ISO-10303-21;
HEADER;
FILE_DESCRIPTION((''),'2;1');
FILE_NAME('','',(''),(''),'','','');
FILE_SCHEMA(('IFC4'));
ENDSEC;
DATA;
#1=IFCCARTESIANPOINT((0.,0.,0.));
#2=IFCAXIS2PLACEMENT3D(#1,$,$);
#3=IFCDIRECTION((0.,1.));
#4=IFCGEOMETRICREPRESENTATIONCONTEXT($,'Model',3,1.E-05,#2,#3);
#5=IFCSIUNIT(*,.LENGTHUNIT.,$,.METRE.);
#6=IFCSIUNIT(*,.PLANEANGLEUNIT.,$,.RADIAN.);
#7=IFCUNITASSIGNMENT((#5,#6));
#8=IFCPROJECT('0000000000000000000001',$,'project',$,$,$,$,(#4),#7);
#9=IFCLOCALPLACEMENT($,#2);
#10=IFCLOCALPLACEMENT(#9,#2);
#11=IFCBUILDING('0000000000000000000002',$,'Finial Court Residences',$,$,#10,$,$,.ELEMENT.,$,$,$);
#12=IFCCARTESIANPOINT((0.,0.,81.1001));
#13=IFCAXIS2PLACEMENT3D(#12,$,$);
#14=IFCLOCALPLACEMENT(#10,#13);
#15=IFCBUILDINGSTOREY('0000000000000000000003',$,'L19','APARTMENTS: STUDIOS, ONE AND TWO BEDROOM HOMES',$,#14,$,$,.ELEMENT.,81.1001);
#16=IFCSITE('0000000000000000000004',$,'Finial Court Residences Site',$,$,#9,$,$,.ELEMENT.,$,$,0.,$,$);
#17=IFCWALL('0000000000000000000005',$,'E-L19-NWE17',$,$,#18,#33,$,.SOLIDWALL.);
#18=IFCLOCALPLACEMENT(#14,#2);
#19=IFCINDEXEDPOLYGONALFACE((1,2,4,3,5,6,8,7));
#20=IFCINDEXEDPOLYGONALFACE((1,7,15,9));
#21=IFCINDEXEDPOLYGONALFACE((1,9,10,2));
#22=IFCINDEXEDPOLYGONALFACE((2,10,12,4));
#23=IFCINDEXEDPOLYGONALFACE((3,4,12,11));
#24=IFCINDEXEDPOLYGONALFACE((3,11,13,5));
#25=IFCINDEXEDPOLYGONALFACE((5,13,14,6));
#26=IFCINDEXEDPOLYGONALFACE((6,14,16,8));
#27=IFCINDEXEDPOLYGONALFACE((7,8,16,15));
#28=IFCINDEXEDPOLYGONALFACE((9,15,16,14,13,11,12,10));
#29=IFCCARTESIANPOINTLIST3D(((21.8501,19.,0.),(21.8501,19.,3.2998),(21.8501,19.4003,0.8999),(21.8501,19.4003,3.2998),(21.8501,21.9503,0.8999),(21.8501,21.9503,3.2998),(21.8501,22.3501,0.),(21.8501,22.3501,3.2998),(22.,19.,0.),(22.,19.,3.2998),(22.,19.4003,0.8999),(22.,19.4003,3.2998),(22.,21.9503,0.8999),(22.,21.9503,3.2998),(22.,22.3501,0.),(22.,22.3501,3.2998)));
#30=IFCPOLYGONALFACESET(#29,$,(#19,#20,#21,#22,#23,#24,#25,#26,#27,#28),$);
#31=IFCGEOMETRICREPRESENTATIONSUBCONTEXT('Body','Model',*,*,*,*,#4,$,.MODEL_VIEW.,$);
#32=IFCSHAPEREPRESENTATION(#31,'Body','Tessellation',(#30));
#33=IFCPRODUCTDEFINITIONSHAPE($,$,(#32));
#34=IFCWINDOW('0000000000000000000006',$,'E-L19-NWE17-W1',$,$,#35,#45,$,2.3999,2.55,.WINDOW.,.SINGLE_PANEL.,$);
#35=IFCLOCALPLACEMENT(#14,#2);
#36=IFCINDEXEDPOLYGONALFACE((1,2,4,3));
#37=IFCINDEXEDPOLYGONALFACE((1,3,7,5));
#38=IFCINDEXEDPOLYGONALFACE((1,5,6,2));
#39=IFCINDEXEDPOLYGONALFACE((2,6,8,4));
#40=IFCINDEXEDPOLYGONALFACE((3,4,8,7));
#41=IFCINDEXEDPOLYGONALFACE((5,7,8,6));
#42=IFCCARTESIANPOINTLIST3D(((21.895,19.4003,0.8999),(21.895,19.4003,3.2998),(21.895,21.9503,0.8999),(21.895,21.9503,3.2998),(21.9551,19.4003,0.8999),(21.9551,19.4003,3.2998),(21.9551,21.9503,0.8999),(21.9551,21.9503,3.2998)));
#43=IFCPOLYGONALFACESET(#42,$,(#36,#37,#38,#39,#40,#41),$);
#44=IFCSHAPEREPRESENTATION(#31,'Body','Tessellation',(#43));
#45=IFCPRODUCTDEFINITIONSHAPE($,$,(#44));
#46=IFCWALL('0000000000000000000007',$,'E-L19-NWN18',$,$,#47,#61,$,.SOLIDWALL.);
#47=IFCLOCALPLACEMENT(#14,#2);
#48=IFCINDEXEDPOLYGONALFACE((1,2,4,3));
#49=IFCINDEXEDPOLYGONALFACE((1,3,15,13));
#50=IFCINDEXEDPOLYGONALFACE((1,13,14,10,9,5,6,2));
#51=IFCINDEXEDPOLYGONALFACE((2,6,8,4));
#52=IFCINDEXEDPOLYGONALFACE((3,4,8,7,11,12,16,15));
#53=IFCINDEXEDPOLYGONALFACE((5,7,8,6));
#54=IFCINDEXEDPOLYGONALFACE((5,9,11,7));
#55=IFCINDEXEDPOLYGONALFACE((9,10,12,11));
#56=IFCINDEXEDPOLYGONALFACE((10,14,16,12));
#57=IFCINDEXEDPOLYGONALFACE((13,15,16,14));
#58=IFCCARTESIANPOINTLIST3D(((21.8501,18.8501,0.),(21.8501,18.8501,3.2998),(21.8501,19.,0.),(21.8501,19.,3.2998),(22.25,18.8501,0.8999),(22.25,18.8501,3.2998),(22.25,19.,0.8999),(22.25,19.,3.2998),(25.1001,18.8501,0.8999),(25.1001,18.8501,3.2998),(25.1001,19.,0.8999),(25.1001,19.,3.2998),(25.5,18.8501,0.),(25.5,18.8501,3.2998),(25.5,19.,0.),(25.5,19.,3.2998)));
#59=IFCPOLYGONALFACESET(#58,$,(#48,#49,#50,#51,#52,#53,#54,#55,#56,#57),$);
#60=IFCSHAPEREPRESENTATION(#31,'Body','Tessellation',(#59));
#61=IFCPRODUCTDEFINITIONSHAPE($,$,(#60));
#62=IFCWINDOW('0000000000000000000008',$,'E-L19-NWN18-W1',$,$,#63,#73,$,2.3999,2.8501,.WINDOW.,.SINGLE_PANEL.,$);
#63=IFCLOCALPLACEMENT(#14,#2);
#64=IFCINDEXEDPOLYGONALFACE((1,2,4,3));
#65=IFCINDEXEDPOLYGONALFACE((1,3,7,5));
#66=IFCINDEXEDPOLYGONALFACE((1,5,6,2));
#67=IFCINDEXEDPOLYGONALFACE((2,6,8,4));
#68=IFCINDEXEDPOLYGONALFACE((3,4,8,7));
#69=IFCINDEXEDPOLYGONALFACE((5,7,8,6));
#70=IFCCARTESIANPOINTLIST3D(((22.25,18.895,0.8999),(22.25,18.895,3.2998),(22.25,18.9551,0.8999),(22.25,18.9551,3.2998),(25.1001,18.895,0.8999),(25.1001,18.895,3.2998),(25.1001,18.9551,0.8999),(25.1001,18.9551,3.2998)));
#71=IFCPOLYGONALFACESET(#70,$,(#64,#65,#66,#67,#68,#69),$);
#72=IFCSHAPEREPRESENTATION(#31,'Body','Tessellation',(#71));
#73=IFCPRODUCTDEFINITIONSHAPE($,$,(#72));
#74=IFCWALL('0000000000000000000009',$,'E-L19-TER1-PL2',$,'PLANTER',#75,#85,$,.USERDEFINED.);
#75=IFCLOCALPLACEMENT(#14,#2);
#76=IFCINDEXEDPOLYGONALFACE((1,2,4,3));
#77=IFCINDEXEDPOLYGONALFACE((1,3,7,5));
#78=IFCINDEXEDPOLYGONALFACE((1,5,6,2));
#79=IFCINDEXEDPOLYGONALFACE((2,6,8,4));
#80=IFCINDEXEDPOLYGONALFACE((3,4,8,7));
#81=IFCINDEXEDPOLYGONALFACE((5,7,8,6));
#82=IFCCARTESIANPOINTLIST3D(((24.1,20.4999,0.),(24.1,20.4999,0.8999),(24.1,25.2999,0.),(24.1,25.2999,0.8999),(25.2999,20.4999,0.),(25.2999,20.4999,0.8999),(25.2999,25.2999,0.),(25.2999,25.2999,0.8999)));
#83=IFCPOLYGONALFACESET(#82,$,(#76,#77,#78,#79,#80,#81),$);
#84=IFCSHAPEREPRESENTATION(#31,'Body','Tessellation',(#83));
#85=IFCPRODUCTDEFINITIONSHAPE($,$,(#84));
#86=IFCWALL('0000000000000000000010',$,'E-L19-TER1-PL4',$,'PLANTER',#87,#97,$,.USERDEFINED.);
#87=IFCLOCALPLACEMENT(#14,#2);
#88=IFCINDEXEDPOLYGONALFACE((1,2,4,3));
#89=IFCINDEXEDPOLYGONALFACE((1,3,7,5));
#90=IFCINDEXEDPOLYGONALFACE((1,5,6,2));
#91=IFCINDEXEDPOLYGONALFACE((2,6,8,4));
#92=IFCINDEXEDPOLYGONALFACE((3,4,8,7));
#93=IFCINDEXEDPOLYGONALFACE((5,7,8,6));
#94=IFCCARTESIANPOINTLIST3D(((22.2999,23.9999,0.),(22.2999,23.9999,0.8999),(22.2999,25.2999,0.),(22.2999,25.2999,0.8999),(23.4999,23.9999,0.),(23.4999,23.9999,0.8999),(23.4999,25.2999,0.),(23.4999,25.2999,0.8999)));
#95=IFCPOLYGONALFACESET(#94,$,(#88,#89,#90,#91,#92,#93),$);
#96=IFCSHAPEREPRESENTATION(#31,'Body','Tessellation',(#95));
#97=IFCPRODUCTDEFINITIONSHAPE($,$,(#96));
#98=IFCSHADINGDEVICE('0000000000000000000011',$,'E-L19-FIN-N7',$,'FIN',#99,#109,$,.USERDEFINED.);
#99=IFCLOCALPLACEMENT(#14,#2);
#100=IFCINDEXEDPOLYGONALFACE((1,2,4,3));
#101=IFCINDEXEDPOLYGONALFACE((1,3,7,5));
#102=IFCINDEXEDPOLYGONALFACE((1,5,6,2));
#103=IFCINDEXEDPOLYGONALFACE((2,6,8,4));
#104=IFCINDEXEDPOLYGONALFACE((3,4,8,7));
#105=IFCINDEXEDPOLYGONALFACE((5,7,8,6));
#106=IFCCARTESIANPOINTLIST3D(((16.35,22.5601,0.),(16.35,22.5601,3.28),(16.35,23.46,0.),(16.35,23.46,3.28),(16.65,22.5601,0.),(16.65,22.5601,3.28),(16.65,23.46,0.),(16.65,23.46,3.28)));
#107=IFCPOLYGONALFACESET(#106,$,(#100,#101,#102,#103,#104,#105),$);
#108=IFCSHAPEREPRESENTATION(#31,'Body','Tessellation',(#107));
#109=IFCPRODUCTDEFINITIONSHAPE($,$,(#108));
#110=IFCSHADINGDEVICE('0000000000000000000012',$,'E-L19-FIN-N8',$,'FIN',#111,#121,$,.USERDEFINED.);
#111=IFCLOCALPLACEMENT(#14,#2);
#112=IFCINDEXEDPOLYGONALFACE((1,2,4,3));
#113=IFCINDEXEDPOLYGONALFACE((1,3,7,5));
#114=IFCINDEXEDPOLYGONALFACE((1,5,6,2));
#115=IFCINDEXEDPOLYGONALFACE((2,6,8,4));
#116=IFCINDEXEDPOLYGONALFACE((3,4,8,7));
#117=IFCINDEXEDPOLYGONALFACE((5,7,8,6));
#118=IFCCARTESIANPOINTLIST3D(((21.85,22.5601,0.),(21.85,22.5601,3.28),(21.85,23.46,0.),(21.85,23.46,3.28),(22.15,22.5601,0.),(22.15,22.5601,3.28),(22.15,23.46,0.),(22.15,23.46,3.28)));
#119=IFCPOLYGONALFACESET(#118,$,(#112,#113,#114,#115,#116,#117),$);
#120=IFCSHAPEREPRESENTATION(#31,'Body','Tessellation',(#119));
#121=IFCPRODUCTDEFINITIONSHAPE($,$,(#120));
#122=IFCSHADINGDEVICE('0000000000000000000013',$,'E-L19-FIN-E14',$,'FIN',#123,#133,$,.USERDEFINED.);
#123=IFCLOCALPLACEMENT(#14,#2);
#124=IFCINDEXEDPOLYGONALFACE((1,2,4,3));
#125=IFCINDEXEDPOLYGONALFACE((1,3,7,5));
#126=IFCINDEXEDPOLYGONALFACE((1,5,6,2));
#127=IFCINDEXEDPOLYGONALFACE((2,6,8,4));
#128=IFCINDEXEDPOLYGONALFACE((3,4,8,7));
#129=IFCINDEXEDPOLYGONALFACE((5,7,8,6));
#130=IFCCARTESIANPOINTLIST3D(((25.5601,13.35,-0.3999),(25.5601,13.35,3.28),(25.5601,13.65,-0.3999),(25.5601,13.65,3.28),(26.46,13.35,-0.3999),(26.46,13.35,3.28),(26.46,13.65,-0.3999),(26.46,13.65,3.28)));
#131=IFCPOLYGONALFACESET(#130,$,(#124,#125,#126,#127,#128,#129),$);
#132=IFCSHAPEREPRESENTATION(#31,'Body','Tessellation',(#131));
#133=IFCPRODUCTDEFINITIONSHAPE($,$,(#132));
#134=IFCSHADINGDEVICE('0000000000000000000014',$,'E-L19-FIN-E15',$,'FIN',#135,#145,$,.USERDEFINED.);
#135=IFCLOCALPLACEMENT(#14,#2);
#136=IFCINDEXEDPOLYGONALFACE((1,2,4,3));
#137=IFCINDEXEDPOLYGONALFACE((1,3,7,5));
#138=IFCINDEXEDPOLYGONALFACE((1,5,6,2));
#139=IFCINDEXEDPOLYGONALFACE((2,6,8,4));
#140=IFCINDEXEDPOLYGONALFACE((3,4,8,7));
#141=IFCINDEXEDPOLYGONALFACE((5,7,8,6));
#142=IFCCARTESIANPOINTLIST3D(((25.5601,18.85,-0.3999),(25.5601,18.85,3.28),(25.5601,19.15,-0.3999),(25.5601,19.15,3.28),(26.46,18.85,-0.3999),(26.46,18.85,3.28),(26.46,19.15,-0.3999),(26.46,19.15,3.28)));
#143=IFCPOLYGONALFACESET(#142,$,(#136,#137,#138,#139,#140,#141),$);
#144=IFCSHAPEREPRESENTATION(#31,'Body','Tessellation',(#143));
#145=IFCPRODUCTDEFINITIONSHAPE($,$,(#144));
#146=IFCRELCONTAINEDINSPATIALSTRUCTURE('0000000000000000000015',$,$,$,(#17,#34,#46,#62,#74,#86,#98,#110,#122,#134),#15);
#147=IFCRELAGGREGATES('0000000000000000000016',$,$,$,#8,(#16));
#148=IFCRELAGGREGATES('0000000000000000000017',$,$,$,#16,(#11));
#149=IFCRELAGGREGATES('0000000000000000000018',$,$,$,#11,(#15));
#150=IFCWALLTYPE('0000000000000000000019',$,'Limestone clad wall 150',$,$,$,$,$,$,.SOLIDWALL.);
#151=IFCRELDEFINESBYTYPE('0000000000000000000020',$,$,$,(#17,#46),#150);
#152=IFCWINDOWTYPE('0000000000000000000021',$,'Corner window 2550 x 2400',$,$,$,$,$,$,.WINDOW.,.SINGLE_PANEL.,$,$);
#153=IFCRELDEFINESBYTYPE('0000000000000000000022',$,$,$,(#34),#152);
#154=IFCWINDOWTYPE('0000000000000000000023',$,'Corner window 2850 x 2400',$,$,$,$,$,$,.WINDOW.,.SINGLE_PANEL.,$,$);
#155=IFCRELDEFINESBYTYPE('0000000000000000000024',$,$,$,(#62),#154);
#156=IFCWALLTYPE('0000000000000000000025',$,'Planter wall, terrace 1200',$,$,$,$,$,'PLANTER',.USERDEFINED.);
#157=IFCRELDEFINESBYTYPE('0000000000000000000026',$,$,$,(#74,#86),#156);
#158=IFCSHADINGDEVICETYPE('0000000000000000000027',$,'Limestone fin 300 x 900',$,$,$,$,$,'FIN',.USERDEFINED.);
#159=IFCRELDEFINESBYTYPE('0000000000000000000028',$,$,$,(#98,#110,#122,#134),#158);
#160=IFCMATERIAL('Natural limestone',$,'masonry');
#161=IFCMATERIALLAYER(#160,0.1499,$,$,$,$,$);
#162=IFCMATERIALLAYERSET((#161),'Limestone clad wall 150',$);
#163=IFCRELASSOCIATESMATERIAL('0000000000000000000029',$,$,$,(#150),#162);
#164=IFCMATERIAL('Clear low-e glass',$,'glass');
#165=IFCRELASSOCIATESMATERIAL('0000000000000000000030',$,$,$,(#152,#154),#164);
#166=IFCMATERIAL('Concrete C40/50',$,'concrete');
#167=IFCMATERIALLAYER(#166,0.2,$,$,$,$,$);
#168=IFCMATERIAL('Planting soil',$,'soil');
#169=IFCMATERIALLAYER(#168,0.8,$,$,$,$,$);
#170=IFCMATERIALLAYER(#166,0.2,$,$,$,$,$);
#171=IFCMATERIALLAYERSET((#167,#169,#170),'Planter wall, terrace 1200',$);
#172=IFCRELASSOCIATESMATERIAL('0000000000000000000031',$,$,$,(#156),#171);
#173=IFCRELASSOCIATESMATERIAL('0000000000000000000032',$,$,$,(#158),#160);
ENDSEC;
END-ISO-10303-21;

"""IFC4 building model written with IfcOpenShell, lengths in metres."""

from ifc_helpers import new_model, si_unit, direction, frame, frame_2d, origin, origin_2d, place, context, subcontext, project, spatial, rectangle, extrude, material, layer, layer_set, type_object, element, fill, save


model = new_model("IFC4")

# Units and contexts
model_context = context("Model", 3, precision=1e-05, world=origin(), true_north=direction((0.0, 1.0)))
body_context = subcontext(model_context, "Body", "Model", "MODEL_VIEW")
ifc_project = project(units=[si_unit("LENGTHUNIT", "METRE"), si_unit("PLANEANGLEUNIT", "RADIAN")], contexts=[model_context])

# Site, building, storey
site_placement = place(None, origin())
site = spatial("IfcSite", under=ifc_project, at=site_placement, Name="Finial Court Residences Site", CompositionType="ELEMENT", RefElevation=0.0)
building_placement = place(site_placement, origin())
building = spatial("IfcBuilding", under=site, at=building_placement, Name="Finial Court Residences", CompositionType="ELEMENT")
storey_placement = place(building_placement, frame((0.0, 0.0, 81.1001)))
storey = spatial("IfcBuildingStorey", under=building, at=storey_placement, Name="L19", Description="APARTMENTS: STUDIOS, ONE AND TWO BEDROOM HOMES", CompositionType="ELEMENT", Elevation=81.1001)

# Shared definitions
ifc_material_1 = material(Name="Clear low-e glass", Category="glass")

# Walls, openings, windows
ifc_material_2 = material(Name="Natural limestone", Category="masonry")
ifc_layer_1 = layer(ifc_material_2, 0.1499)
ifc_layer_set_1 = layer_set([ifc_layer_1], Name="Limestone clad wall 150")
wall_type_1 = type_object("IfcWallType", Name="Limestone clad wall 150", PredefinedType="SOLIDWALL", material=ifc_layer_set_1)
wall_1_placement = place(storey_placement, frame((21.925, 22.3501, 0.0), z_axis=(0.0, 0.0, 1.0), x_axis=(0.0, -1.0, 0.0)))
wall_1 = element("IfcWall", 1, at=wall_1_placement, inside=storey, type_object=wall_type_1, Name="E-L19-NWE17", PredefinedType="SOLIDWALL", context=body_context, shape_type="SweptSolid", body=[
    extrude(rectangle(XDim=3.3501, YDim=0.1499, at=frame_2d((1.675, 0.0))), origin(), (0.0, 0.0, 1.0), 3.2998),
])
opening_1_placement = place(wall_1_placement, frame((0.3999, 0.0, 0.8999)))
opening_1 = element("IfcOpeningElement", 2, at=opening_1_placement, cuts=wall_1, PredefinedType="OPENING", context=body_context, shape_type="SweptSolid", body=[
    extrude(rectangle(XDim=2.55, YDim=2.3999, at=frame_2d((1.2749, 1.2))), frame((0.0, 0.085, 0.0), z_axis=(0.0, -1.0, 0.0), x_axis=(1.0, 0.0, 0.0)), (0.0, 0.0, 1.0), 0.1699),
])
window_type_1 = type_object("IfcWindowType", Name="Corner window 2550 x 2400", PartitioningType="SINGLE_PANEL", PredefinedType="WINDOW", material=ifc_material_1)
window_1_placement = place(opening_1_placement, origin())
window_1 = element("IfcWindow", 3, at=window_1_placement, inside=storey, type_object=window_type_1, Name="E-L19-NWE17-W1", OverallHeight=2.3999, OverallWidth=2.55, PartitioningType="SINGLE_PANEL", PredefinedType="WINDOW", context=body_context, shape_type="SweptSolid", body=[
    extrude(rectangle(XDim=2.55, YDim=2.3999, at=frame_2d((1.2749, 1.2))), frame((0.0, 0.03, 0.0), z_axis=(0.0, -1.0, 0.0), x_axis=(1.0, 0.0, 0.0)), (0.0, 0.0, 1.0), 0.0601),
])
fill(opening_1, window_1)
wall_2_placement = place(storey_placement, frame((21.8501, 18.925, 0.0), z_axis=(0.0, 0.0, 1.0), x_axis=(1.0, 0.0, 0.0)))
wall_2 = element("IfcWall", 4, at=wall_2_placement, inside=storey, type_object=wall_type_1, Name="E-L19-NWN18", PredefinedType="SOLIDWALL", context=body_context, shape_type="SweptSolid", body=[
    extrude(rectangle(XDim=3.6499, YDim=0.1499, at=frame_2d((1.825, 0.0))), origin(), (0.0, 0.0, 1.0), 3.2998),
])
opening_2_placement = place(wall_2_placement, frame((0.3999, 0.0, 0.8999)))
opening_2 = element("IfcOpeningElement", 5, at=opening_2_placement, cuts=wall_2, PredefinedType="OPENING", context=body_context, shape_type="SweptSolid", body=[
    extrude(rectangle(XDim=2.8501, YDim=2.3999, at=frame_2d((1.425, 1.2))), frame((0.0, 0.085, 0.0), z_axis=(0.0, -1.0, 0.0), x_axis=(1.0, 0.0, 0.0)), (0.0, 0.0, 1.0), 0.1699),
])
window_type_2 = type_object("IfcWindowType", Name="Corner window 2850 x 2400", PartitioningType="SINGLE_PANEL", PredefinedType="WINDOW", material=ifc_material_1)
window_2_placement = place(opening_2_placement, origin())
window_2 = element("IfcWindow", 6, at=window_2_placement, inside=storey, type_object=window_type_2, Name="E-L19-NWN18-W1", OverallHeight=2.3999, OverallWidth=2.8501, PartitioningType="SINGLE_PANEL", PredefinedType="WINDOW", context=body_context, shape_type="SweptSolid", body=[
    extrude(rectangle(XDim=2.8501, YDim=2.3999, at=frame_2d((1.425, 1.2))), frame((0.0, 0.03, 0.0), z_axis=(0.0, -1.0, 0.0), x_axis=(1.0, 0.0, 0.0)), (0.0, 0.0, 1.0), 0.0601),
])
fill(opening_2, window_2)

# Walls
ifc_material_3 = material(Name="Concrete C40/50", Category="concrete")
ifc_layer_2 = layer(ifc_material_3, 0.2)
ifc_material_4 = material(Name="Planting soil", Category="soil")
ifc_layer_3 = layer(ifc_material_4, 0.8)
ifc_layer_4 = layer(ifc_material_3, 0.2)
ifc_layer_set_2 = layer_set([ifc_layer_2, ifc_layer_3, ifc_layer_4], Name="Planter wall, terrace 1200")
wall_type_2 = type_object("IfcWallType", Name="Planter wall, terrace 1200", ElementType="PLANTER", PredefinedType="USERDEFINED", material=ifc_layer_set_2)
wall_3_placement = place(storey_placement, frame((24.7, 20.5, 0.0), z_axis=(0.0, 0.0, 1.0), x_axis=(0.0, 1.0, 0.0)))
element("IfcWall", 7, at=wall_3_placement, inside=storey, type_object=wall_type_2, Name="E-L19-TER1-PL2", ObjectType="PLANTER", PredefinedType="USERDEFINED", context=body_context, shape_type="SweptSolid", body=[
    extrude(rectangle(XDim=4.8, YDim=1.2, at=frame_2d((2.3999, 0.0))), origin(), (0.0, 0.0, 1.0), 0.8999),
])
wall_4_placement = place(storey_placement, frame((22.8999, 24.0, 0.0), z_axis=(0.0, 0.0, 1.0), x_axis=(0.0, 1.0, 0.0)))
element("IfcWall", 8, at=wall_4_placement, inside=storey, type_object=wall_type_2, Name="E-L19-TER1-PL4", ObjectType="PLANTER", PredefinedType="USERDEFINED", context=body_context, shape_type="SweptSolid", body=[
    extrude(rectangle(XDim=1.3, YDim=1.2, at=frame_2d((0.6499, 0.0))), origin(), (0.0, 0.0, 1.0), 0.8999),
])

# Shading devices
shading_device_type = type_object("IfcShadingDeviceType", Name="Limestone fin 300 x 900", ElementType="FIN", PredefinedType="USERDEFINED", material=ifc_material_2)
for number, where, z_axis, x_axis, name in (
    (9, (16.5, 23.01, 0.0), (0.0, 0.0, 1.0), (1.0, 0.0, 0.0), "E-L19-FIN-N7"),
    (10, (22.0, 23.01, 0.0), (0.0, 0.0, 1.0), (1.0, 0.0, 0.0), "E-L19-FIN-N8"),
):
    element("IfcShadingDevice", number, at=place(storey_placement, frame(where, z_axis=z_axis, x_axis=x_axis)), inside=storey, type_object=shading_device_type, Name=name, ObjectType="FIN", PredefinedType="USERDEFINED", context=body_context, shape_type="SweptSolid", body=[
        extrude(rectangle(XDim=0.3, YDim=0.8999, at=origin_2d()), origin(), (0.0, 0.0, 1.0), 3.28),
    ])
for number, where, z_axis, x_axis, name in (
    (11, (26.01, 13.5, -0.3999), (0.0, 0.0, 1.0), (1.0, 0.0, 0.0), "E-L19-FIN-E14"),
    (12, (26.01, 19.0, -0.3999), (0.0, 0.0, 1.0), (1.0, 0.0, 0.0), "E-L19-FIN-E15"),
):
    element("IfcShadingDevice", number, at=place(storey_placement, frame(where, z_axis=z_axis, x_axis=x_axis)), inside=storey, type_object=shading_device_type, Name=name, ObjectType="FIN", PredefinedType="USERDEFINED", context=body_context, shape_type="SweptSolid", body=[
        extrude(rectangle(XDim=0.8999, YDim=0.3, at=origin_2d()), origin(), (0.0, 0.0, 1.0), 3.6799),
    ])

save(model, "model.ifc")
